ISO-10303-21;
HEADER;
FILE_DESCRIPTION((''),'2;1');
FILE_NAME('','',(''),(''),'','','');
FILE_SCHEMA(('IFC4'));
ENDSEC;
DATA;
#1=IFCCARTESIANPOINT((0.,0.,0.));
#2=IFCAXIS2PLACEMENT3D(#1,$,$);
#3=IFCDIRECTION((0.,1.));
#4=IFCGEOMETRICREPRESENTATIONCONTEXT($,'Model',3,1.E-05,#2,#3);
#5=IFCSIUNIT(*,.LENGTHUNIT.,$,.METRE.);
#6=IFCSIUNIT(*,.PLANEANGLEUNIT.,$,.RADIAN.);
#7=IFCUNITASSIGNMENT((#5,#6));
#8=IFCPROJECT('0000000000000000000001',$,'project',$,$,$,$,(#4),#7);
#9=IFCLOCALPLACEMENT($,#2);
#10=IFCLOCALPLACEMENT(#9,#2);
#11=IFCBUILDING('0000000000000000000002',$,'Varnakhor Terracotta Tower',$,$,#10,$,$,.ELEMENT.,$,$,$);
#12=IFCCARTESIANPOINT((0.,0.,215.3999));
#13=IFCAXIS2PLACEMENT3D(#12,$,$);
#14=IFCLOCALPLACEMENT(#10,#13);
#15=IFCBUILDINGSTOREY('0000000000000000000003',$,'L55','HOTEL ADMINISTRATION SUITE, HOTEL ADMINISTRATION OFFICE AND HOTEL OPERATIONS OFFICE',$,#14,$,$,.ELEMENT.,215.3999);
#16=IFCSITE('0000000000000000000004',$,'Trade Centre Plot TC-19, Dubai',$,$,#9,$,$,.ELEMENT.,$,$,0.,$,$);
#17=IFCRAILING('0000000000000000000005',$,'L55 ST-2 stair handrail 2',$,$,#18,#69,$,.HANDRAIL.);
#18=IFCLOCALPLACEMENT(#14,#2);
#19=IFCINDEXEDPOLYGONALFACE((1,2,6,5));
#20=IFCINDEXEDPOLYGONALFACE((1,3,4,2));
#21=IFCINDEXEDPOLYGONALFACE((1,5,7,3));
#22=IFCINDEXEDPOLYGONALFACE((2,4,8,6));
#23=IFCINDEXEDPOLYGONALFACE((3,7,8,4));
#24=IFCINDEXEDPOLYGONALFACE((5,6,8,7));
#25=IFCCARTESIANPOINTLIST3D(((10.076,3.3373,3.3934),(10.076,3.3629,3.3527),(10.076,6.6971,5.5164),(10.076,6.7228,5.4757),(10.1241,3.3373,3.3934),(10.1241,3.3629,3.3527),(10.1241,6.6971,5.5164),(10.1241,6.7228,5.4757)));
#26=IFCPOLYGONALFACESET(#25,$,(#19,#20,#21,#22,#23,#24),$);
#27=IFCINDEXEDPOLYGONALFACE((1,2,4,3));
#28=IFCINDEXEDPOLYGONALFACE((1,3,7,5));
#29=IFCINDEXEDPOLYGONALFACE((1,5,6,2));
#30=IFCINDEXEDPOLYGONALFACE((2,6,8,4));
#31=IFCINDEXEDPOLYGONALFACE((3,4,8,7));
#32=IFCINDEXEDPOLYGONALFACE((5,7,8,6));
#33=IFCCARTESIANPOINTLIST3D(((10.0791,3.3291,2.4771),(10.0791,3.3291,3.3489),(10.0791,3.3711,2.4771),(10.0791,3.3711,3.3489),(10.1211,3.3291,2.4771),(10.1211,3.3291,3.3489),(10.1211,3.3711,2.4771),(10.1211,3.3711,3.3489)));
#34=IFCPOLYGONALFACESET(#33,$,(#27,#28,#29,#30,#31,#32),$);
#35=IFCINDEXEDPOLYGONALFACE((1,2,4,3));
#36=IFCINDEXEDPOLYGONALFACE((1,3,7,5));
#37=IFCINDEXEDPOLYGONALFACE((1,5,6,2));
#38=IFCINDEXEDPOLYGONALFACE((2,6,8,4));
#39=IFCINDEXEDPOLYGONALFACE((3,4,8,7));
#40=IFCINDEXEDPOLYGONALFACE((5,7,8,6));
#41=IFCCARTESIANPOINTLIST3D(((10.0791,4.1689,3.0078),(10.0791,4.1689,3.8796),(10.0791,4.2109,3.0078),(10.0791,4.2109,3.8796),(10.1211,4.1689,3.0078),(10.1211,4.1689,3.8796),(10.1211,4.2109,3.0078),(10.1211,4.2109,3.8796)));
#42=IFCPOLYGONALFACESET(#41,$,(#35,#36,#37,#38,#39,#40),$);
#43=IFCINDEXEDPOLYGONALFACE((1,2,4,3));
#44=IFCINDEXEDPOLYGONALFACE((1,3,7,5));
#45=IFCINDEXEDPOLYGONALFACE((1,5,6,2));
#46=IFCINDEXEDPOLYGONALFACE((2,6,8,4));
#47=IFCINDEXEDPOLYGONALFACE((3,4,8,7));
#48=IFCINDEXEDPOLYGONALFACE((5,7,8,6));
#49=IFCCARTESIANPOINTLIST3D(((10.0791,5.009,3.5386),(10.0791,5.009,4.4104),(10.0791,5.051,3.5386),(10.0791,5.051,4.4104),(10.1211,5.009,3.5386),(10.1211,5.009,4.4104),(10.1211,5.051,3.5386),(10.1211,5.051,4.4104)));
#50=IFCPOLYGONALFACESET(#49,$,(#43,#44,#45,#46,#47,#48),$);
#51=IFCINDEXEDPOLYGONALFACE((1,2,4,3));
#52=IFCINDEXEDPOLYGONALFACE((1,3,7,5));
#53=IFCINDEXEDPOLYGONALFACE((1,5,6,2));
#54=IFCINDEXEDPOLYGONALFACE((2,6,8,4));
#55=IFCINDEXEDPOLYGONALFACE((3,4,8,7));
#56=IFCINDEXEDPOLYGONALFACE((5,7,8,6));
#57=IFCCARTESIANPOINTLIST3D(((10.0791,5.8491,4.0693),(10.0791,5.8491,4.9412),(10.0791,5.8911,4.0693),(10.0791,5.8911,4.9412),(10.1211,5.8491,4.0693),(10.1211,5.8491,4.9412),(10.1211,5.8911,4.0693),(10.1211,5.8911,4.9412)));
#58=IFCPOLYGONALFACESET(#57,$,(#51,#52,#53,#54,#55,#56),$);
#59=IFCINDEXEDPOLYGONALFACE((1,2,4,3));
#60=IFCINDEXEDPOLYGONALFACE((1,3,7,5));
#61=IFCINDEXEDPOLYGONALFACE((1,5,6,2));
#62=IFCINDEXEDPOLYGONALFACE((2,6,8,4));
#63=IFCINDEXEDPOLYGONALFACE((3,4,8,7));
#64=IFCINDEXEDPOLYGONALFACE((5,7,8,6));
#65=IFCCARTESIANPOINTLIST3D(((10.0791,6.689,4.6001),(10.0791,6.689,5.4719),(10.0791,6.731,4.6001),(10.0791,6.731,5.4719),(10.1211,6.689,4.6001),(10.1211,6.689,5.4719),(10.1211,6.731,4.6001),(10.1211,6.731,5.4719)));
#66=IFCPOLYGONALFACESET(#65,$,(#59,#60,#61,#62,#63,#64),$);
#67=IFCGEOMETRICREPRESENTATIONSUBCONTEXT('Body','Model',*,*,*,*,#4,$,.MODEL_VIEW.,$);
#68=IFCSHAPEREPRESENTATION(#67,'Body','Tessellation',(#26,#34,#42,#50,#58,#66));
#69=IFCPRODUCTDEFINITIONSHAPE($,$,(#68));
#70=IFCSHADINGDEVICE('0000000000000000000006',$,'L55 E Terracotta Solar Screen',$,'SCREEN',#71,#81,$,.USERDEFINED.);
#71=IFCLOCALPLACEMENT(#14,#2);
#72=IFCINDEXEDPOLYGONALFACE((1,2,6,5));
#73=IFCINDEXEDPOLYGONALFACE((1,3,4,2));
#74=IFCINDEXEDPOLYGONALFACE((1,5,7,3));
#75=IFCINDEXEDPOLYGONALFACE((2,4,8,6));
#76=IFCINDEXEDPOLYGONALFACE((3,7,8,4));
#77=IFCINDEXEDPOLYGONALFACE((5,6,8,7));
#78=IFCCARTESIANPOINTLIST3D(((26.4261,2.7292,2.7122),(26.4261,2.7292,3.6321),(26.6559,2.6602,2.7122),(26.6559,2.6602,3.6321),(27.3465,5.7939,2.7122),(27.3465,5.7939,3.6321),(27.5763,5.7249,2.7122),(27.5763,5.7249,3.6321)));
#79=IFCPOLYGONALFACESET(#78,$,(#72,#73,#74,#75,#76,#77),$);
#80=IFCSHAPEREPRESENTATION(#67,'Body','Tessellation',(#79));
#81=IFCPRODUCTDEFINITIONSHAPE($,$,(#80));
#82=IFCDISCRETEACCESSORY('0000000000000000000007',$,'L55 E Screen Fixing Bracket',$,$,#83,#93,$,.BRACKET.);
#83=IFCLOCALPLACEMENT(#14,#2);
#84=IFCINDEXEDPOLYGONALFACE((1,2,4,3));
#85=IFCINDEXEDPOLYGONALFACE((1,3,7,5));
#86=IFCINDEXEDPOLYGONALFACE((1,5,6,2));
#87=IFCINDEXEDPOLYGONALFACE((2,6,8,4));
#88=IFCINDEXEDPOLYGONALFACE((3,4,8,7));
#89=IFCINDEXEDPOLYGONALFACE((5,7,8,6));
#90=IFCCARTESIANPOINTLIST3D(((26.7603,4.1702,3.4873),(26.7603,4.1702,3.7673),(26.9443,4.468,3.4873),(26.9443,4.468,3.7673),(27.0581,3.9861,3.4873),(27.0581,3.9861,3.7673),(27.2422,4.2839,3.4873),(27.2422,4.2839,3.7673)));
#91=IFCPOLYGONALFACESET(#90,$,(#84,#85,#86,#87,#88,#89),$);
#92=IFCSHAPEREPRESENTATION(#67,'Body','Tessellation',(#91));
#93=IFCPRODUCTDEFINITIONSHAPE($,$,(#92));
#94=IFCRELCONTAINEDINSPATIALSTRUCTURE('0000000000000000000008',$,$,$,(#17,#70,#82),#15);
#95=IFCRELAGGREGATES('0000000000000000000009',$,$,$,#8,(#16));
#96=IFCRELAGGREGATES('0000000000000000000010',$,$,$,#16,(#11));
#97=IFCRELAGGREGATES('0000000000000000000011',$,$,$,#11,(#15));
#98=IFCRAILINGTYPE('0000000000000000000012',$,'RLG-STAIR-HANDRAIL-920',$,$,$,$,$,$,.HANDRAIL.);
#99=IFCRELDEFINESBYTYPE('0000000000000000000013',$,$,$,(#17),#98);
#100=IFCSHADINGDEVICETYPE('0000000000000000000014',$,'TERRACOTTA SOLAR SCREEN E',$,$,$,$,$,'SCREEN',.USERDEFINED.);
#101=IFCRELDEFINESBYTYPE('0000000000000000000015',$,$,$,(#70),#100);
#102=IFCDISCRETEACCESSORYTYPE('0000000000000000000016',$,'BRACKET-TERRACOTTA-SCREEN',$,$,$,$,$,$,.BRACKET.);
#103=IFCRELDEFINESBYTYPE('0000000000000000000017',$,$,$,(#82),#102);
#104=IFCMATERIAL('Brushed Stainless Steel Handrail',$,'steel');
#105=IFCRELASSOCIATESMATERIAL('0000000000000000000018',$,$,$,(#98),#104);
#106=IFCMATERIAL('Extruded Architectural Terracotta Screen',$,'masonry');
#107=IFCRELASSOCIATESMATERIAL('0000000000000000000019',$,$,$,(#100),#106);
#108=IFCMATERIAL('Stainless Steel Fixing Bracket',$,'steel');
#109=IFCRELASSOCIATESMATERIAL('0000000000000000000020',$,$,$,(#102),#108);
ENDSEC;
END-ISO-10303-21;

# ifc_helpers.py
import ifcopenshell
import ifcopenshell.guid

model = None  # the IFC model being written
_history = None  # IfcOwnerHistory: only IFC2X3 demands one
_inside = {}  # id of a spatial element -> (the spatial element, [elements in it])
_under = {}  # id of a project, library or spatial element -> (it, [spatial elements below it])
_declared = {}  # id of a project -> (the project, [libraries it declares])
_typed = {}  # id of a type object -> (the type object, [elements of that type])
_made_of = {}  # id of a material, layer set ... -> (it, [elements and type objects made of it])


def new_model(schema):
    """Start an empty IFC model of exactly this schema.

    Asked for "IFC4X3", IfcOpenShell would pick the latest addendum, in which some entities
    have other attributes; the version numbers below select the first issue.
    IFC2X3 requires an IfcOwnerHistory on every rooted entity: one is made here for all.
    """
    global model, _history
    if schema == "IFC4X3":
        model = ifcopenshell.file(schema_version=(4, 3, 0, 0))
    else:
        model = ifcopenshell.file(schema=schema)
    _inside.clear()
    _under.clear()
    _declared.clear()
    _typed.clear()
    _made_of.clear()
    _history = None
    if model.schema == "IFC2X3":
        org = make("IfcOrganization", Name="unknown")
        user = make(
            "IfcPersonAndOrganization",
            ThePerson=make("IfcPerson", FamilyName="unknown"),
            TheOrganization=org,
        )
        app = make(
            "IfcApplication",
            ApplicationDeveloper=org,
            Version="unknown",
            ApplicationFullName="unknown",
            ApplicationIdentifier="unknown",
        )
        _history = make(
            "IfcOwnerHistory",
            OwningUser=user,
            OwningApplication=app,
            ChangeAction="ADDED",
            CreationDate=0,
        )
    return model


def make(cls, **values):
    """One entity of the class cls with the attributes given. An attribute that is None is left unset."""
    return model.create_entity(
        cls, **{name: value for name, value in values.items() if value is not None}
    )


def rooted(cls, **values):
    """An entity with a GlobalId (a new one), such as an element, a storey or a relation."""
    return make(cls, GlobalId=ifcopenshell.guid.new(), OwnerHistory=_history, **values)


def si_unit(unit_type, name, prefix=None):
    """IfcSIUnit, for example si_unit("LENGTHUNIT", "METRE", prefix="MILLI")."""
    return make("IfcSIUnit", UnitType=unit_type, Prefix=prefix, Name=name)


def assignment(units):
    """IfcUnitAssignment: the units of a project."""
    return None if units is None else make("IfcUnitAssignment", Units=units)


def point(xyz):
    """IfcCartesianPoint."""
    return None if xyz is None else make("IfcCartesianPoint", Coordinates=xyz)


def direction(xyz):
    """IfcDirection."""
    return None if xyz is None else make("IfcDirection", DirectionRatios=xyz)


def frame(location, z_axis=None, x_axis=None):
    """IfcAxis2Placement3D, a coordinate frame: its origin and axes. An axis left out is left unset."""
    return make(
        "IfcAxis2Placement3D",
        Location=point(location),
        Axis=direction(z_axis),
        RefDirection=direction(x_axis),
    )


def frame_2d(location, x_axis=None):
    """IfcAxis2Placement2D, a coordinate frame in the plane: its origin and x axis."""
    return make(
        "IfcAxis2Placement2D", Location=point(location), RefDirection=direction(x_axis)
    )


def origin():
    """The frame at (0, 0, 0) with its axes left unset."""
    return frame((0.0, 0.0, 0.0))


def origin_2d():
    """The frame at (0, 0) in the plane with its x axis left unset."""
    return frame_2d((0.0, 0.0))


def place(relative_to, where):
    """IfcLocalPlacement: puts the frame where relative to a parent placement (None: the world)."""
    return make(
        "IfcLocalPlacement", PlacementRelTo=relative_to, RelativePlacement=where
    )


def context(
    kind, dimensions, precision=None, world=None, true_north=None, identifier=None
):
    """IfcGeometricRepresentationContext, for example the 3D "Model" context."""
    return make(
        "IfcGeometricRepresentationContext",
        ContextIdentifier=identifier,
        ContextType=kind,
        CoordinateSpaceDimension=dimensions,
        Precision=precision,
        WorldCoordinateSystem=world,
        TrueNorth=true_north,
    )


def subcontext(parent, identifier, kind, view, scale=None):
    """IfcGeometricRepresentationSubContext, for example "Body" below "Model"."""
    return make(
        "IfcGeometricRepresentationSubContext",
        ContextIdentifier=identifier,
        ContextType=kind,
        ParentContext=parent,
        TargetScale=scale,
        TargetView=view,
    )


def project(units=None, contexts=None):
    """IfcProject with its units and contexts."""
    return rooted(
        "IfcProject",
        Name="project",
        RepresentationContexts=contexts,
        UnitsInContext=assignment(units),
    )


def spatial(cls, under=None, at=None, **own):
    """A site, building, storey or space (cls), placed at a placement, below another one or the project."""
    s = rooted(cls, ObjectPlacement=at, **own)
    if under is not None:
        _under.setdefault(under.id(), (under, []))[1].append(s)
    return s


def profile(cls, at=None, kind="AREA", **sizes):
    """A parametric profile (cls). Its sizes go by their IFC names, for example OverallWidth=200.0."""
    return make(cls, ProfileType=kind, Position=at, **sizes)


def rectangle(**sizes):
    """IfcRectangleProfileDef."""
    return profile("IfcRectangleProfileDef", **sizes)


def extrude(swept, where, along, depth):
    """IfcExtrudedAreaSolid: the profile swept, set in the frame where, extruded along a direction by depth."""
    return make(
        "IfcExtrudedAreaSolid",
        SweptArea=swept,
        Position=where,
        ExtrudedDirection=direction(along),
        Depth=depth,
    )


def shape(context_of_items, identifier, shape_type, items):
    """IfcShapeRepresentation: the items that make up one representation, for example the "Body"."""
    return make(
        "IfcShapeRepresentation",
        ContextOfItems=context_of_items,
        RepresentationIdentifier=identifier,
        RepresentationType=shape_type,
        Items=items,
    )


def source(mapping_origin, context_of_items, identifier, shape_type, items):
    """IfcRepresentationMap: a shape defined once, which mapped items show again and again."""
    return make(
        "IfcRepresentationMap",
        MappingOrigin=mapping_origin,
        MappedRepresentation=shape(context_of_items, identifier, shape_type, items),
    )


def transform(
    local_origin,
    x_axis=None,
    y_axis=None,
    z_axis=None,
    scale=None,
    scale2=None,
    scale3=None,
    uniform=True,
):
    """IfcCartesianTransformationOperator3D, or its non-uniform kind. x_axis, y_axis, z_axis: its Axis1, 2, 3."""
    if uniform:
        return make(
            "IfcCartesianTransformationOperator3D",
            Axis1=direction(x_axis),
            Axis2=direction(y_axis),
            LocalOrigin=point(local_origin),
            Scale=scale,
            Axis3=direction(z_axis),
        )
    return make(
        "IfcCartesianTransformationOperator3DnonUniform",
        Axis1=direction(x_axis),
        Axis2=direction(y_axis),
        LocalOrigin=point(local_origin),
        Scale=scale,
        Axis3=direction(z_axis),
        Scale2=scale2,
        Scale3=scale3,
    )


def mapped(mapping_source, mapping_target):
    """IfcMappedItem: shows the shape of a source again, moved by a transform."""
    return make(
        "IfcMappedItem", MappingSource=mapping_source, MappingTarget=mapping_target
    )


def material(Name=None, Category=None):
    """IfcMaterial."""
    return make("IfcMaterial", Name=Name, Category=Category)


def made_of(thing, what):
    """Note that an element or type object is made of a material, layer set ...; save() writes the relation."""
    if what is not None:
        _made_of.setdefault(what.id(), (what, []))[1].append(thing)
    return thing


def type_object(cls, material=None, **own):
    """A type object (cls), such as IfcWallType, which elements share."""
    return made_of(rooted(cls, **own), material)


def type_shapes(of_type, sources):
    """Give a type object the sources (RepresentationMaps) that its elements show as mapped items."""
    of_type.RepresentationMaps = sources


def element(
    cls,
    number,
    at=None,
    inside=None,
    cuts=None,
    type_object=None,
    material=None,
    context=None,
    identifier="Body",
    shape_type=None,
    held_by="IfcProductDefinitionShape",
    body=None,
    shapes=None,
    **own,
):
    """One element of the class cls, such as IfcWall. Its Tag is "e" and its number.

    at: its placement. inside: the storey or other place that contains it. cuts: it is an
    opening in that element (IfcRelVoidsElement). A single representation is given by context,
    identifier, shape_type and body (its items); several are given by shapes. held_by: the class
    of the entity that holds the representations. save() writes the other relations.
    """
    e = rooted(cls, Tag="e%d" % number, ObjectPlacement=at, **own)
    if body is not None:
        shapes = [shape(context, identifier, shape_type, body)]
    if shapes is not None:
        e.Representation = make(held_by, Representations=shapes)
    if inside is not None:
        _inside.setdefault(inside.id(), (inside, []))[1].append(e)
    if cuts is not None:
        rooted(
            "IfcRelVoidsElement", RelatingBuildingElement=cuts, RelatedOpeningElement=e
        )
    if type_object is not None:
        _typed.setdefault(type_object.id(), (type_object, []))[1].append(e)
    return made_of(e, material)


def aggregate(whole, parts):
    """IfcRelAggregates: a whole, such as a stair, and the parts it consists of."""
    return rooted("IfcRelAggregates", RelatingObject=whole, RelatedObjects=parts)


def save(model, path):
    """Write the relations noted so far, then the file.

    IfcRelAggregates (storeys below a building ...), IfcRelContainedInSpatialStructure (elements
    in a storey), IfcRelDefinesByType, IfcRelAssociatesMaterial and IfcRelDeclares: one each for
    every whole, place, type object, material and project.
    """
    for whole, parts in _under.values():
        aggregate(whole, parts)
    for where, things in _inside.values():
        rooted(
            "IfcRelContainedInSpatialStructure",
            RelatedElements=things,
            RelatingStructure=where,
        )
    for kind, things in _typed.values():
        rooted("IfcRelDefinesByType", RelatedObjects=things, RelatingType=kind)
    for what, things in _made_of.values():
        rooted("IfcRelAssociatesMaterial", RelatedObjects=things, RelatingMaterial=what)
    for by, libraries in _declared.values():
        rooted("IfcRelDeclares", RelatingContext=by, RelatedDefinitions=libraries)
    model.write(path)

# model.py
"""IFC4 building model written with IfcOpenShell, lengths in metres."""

from ifc_helpers import new_model, si_unit, direction, frame, origin, origin_2d, place, context, subcontext, project, spatial, rectangle, extrude, source, transform, mapped, material, type_object, type_shapes, element, save


model = new_model("IFC4")

# Units and contexts
model_context = context("Model", 3, precision=1e-05, world=origin(), true_north=direction((0.0, 1.0)))
body_context = subcontext(model_context, "Body", "Model", "MODEL_VIEW")
ifc_project = project(units=[si_unit("LENGTHUNIT", "METRE"), si_unit("PLANEANGLEUNIT", "RADIAN")], contexts=[model_context])

# Site, building, storey
site_placement = place(None, origin())
site = spatial("IfcSite", under=ifc_project, at=site_placement, Name="Trade Centre Plot TC-19, Dubai", CompositionType="ELEMENT", RefElevation=0.0)
building_placement = place(site_placement, origin())
building = spatial("IfcBuilding", under=site, at=building_placement, Name="Varnakhor Terracotta Tower", CompositionType="ELEMENT")
storey_placement = place(building_placement, frame((0.0, 0.0, 215.3999)))
storey = spatial("IfcBuildingStorey", under=building, at=storey_placement, Name="L55", Description="HOTEL ADMINISTRATION SUITE, HOTEL ADMINISTRATION OFFICE AND HOTEL OPERATIONS OFFICE", CompositionType="ELEMENT", Elevation=215.3999)

# Railing
ifc_material_1 = material(Name="Brushed Stainless Steel Handrail", Category="steel")
railing_type = type_object("IfcRailingType", Name="RLG-STAIR-HANDRAIL-920", PredefinedType="HANDRAIL", material=ifc_material_1)
railing_placement = place(storey_placement, frame((10.1001, 3.3501, 2.4771)))
element("IfcRailing", 1, at=railing_placement, inside=storey, type_object=railing_type, Name="L55 ST-2 stair handrail 2", PredefinedType="HANDRAIL", context=body_context, shape_type="SweptSolid", body=[
    extrude(rectangle(XDim=0.0481, YDim=0.0481, at=origin_2d()), frame((0.0, 0.0, 0.896), z_axis=(0.0, 0.845372, 0.534178), x_axis=(-1.0, 0.0, 0.0)), (0.0, 0.0, 1.0), 3.9744),
    extrude(rectangle(XDim=0.042, YDim=0.042, at=origin_2d()), origin(), (0.0, 0.0, 1.0), 0.8718),
    extrude(rectangle(XDim=0.042, YDim=0.042, at=origin_2d()), frame((0.0, 0.8398, 0.5308)), (0.0, 0.0, 1.0), 0.8718),
    extrude(rectangle(XDim=0.042, YDim=0.042, at=origin_2d()), frame((0.0, 1.6799, 1.0615)), (0.0, 0.0, 1.0), 0.8718),
    extrude(rectangle(XDim=0.042, YDim=0.042, at=origin_2d()), frame((0.0, 2.52, 1.5923)), (0.0, 0.0, 1.0), 0.8718),
    extrude(rectangle(XDim=0.042, YDim=0.042, at=origin_2d()), frame((0.0, 3.3599, 2.123)), (0.0, 0.0, 1.0), 0.8718),
])

# Shading device
ifc_material_2 = material(Name="Extruded Architectural Terracotta Screen", Category="masonry")
shading_device_type = type_object("IfcShadingDeviceType", Name="TERRACOTTA SOLAR SCREEN E", ElementType="SCREEN", PredefinedType="USERDEFINED", material=ifc_material_2)
shared_shape_1 = source(origin(), body_context, "Body", "SweptSolid", [
    extrude(rectangle(XDim=3.2, YDim=0.24, at=origin_2d()), origin(), (0.0, 0.0, 1.0), 0.9199),
])
type_shapes(shading_device_type, [shared_shape_1])
shading_device_placement = place(storey_placement, frame((27.0012, 4.2271, 2.7122), z_axis=(0.0, 0.0, 1.0), x_axis=(0.287628, 0.957742, 0.0)))
element("IfcShadingDevice", 2, at=shading_device_placement, inside=storey, type_object=shading_device_type, Name="L55 E Terracotta Solar Screen", ObjectType="SCREEN", PredefinedType="USERDEFINED", context=body_context, shape_type="MappedRepresentation", body=[
    mapped(shared_shape_1, transform((0.0, 0.0, 0.0), scale=1.0)),
])

# Discrete accessory
ifc_material_3 = material(Name="Stainless Steel Fixing Bracket", Category="steel")
discrete_accessory_type = type_object("IfcDiscreteAccessoryType", Name="BRACKET-TERRACOTTA-SCREEN", PredefinedType="BRACKET", material=ifc_material_3)
shared_shape_2 = source(origin(), body_context, "Body", "SweptSolid", [
    extrude(rectangle(XDim=0.3501, YDim=0.3501, at=origin_2d()), origin(), (0.0, 0.0, 1.0), 0.28),
])
type_shapes(discrete_accessory_type, [shared_shape_2])
discrete_accessory_placement = place(storey_placement, frame((27.0012, 4.2271, 3.4873), z_axis=(0.0, 0.0, 1.0), x_axis=(0.525709, 0.850664, 0.0)))
element("IfcDiscreteAccessory", 3, at=discrete_accessory_placement, inside=storey, type_object=discrete_accessory_type, Name="L55 E Screen Fixing Bracket", PredefinedType="BRACKET", context=body_context, shape_type="MappedRepresentation", body=[
    mapped(shared_shape_2, transform((0.0, 0.0, 0.0), scale=1.0)),
])

save(model, "model.ifc")
